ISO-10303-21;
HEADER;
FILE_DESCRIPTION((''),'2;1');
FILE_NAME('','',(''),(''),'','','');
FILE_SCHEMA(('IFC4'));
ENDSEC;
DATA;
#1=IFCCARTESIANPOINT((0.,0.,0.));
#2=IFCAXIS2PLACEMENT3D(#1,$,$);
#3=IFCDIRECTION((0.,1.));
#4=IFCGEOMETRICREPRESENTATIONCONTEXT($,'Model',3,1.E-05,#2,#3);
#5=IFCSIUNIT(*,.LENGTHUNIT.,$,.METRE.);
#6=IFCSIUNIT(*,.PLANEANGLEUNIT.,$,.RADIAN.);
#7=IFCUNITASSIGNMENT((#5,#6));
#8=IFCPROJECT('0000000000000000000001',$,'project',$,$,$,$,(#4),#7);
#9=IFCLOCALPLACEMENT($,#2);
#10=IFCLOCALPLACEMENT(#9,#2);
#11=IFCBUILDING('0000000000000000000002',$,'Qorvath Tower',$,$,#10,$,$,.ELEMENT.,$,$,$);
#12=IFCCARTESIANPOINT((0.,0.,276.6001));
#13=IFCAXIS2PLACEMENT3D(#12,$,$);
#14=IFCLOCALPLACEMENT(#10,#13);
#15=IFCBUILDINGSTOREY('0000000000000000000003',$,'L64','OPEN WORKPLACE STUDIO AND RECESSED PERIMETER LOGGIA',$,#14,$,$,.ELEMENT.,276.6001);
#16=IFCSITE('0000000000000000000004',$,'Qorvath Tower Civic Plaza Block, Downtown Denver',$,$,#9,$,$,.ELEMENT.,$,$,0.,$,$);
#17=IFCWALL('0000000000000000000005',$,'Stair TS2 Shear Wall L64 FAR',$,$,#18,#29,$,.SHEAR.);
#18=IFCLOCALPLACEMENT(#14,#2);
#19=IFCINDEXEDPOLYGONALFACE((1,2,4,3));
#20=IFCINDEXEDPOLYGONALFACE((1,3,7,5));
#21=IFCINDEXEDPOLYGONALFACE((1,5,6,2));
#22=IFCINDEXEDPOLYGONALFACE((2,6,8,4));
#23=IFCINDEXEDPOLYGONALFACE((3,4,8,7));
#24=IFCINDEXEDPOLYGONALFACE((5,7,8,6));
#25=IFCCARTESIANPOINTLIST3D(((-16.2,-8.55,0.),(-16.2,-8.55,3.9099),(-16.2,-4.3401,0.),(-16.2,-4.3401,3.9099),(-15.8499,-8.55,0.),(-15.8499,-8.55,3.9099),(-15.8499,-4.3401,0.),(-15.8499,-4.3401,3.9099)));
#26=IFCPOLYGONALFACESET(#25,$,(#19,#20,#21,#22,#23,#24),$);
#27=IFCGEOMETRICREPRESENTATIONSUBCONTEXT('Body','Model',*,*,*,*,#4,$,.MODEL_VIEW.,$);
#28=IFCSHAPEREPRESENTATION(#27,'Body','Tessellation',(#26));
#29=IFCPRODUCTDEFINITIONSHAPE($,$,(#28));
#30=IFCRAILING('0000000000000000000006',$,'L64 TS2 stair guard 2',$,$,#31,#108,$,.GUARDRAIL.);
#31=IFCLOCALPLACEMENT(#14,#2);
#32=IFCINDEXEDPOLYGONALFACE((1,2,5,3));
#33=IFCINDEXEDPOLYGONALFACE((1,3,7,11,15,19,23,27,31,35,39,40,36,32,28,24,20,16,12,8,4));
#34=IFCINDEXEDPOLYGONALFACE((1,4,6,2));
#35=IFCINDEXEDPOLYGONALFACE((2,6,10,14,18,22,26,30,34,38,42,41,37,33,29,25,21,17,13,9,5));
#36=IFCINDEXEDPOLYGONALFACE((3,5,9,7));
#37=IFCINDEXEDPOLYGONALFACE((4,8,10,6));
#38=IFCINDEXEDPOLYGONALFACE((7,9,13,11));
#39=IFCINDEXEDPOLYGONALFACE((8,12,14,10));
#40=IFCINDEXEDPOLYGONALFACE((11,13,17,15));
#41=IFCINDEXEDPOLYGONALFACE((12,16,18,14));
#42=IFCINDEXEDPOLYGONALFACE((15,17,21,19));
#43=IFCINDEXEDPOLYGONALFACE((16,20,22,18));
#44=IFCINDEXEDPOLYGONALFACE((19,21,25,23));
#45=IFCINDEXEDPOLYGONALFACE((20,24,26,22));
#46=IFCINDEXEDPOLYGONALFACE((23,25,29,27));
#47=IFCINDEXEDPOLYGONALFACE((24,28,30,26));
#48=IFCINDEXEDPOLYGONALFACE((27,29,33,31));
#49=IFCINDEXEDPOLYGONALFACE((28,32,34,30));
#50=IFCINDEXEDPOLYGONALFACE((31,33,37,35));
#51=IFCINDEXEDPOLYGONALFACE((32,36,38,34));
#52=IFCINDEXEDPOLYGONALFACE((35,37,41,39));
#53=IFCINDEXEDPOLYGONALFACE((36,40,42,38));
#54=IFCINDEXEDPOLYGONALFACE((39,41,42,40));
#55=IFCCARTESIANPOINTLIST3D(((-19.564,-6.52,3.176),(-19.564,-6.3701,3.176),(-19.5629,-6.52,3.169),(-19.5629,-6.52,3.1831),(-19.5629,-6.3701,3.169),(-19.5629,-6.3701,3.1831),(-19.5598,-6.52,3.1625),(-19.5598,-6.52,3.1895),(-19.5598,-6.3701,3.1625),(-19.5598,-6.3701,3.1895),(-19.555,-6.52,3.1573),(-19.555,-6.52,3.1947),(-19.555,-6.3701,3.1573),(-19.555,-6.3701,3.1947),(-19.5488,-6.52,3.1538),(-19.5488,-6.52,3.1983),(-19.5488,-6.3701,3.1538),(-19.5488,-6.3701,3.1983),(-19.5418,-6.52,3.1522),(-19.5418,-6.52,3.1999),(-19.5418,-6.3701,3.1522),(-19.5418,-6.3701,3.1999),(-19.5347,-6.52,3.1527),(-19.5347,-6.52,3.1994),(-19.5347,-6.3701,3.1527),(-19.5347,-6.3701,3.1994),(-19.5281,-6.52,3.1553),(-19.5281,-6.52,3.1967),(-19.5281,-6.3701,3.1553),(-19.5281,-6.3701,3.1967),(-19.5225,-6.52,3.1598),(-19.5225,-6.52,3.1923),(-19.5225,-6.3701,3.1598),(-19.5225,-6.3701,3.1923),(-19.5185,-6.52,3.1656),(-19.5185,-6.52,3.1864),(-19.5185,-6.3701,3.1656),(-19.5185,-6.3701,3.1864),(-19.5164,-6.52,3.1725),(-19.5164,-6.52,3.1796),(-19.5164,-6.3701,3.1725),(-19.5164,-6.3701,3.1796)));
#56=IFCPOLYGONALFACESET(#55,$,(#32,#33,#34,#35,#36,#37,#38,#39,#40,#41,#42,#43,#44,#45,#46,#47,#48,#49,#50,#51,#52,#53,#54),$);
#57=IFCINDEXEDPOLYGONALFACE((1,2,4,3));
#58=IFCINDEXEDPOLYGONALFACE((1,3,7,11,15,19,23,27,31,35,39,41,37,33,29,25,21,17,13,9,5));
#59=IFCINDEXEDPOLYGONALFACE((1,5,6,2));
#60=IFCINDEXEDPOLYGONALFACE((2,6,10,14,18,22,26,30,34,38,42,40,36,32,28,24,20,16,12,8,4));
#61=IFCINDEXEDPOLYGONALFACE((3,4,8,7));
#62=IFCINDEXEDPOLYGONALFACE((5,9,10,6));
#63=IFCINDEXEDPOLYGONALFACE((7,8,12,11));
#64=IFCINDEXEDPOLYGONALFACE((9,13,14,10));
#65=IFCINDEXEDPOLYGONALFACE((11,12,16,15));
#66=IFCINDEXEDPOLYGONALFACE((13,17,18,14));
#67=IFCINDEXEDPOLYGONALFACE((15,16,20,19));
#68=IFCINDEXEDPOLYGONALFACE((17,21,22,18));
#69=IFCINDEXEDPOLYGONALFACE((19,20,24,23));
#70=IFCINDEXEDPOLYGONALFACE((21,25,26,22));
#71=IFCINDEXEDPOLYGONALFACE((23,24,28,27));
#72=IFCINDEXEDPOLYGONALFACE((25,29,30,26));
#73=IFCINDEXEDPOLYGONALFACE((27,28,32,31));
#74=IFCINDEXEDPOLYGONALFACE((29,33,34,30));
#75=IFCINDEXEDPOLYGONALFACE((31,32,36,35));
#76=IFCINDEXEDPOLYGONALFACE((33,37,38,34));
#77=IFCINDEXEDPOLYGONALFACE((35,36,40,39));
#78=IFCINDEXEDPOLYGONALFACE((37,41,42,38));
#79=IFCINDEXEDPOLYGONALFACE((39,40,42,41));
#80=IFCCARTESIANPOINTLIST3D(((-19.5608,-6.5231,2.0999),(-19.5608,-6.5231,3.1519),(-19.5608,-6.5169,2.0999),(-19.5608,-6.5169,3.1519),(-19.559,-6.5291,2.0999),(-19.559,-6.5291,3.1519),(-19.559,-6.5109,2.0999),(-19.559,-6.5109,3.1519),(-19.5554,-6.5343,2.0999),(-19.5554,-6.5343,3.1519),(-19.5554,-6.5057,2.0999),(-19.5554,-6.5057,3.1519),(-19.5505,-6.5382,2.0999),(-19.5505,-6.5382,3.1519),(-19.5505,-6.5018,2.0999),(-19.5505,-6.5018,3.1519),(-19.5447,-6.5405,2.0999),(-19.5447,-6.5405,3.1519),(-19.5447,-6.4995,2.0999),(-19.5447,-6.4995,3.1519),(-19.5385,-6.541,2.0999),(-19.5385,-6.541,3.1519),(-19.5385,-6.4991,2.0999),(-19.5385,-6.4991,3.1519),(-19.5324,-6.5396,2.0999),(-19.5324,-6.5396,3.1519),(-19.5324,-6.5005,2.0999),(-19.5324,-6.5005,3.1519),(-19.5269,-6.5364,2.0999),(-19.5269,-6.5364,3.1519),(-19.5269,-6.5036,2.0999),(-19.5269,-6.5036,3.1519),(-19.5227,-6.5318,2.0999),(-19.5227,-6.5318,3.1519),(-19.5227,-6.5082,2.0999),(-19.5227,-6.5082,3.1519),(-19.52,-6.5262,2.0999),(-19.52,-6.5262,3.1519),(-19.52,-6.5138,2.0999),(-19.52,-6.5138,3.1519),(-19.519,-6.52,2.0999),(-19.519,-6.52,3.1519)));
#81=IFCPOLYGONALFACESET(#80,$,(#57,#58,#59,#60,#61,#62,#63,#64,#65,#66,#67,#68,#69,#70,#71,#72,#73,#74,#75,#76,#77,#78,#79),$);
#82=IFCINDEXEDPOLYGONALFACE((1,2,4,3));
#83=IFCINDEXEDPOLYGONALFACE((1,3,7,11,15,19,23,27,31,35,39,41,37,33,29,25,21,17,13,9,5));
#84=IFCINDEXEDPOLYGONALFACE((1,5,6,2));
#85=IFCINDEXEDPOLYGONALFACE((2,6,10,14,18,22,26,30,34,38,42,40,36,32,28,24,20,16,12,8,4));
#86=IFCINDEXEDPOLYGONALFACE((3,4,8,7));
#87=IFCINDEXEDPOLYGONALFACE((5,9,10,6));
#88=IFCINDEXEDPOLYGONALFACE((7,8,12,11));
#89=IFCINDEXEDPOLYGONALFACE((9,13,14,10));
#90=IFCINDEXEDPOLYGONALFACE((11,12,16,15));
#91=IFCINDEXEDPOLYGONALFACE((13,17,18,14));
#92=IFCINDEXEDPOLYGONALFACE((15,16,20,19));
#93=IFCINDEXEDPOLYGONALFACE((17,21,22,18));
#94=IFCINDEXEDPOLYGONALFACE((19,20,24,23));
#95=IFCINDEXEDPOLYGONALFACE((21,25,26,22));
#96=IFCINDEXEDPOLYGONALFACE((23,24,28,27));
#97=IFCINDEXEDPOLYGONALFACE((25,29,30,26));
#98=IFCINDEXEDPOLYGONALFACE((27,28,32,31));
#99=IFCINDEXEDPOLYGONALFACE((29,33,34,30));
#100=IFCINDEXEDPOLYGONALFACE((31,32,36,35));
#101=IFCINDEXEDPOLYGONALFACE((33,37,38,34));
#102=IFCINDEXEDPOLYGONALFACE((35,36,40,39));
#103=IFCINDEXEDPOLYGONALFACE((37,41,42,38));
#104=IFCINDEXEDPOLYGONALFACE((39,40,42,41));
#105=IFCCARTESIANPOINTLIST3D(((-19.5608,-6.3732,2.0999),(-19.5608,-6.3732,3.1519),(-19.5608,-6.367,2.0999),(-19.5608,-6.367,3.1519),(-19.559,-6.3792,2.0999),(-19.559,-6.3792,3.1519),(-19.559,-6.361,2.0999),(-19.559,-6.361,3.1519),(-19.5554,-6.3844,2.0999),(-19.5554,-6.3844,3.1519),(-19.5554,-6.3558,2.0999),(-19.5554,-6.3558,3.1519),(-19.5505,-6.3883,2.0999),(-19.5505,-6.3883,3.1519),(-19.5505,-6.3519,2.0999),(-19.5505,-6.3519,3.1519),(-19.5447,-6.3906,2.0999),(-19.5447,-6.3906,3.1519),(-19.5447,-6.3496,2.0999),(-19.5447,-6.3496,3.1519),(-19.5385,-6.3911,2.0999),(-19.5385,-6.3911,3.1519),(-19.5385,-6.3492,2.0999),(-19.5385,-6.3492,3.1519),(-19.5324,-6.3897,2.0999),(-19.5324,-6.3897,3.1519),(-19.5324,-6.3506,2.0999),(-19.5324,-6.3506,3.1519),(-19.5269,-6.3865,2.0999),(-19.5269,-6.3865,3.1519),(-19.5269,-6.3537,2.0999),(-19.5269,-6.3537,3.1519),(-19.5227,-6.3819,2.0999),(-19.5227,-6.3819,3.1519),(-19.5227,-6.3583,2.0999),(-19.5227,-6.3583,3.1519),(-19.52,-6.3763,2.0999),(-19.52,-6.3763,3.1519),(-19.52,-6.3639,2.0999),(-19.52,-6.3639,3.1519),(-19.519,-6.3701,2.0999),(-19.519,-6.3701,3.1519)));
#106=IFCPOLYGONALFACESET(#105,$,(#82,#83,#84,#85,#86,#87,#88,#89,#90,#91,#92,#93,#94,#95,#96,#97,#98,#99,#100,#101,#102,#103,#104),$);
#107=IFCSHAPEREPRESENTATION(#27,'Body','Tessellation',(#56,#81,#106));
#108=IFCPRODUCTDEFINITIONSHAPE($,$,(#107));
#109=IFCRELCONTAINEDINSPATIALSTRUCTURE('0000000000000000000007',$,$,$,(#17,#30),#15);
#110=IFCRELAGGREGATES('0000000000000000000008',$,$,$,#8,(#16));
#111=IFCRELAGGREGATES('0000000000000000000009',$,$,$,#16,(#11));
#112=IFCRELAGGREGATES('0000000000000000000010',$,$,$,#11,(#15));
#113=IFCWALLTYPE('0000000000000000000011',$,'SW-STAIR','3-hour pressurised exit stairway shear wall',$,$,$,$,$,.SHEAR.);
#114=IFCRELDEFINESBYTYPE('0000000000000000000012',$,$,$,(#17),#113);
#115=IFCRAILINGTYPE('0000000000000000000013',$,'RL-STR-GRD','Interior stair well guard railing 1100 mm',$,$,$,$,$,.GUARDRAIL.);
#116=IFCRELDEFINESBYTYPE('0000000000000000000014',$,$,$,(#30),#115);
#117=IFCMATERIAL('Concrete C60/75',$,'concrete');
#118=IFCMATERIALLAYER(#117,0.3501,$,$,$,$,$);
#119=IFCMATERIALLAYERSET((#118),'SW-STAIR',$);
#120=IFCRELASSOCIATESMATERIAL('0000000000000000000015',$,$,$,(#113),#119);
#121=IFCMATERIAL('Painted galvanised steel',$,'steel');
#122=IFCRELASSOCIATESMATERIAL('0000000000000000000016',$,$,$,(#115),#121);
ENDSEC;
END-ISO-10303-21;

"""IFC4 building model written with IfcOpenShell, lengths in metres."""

from ifc_helpers import new_model, si_unit, direction, frame, frame_2d, origin, origin_2d, place, context, subcontext, project, spatial, rectangle, circle, extrude, material, layer, layer_set, type_object, element, save


model = new_model("IFC4")

# Units and contexts
model_context = context("Model", 3, precision=1e-05, world=origin(), true_north=direction((0.0, 1.0)))
body_context = subcontext(model_context, "Body", "Model", "MODEL_VIEW")
ifc_project = project(units=[si_unit("LENGTHUNIT", "METRE"), si_unit("PLANEANGLEUNIT", "RADIAN")], contexts=[model_context])

# Site, building, storey
site_placement = place(None, origin())
site = spatial("IfcSite", under=ifc_project, at=site_placement, Name="Qorvath Tower Civic Plaza Block, Downtown Denver", CompositionType="ELEMENT", RefElevation=0.0)
building_placement = place(site_placement, origin())
building = spatial("IfcBuilding", under=site, at=building_placement, Name="Qorvath Tower", CompositionType="ELEMENT")
storey_placement = place(building_placement, frame((0.0, 0.0, 276.6001)))
storey = spatial("IfcBuildingStorey", under=building, at=storey_placement, Name="L64", Description="OPEN WORKPLACE STUDIO AND RECESSED PERIMETER LOGGIA", CompositionType="ELEMENT", Elevation=276.6001)

# Wall
ifc_material_1 = material(Name="Concrete C60/75", Category="concrete")
ifc_layer_1 = layer(ifc_material_1, 0.3501)
ifc_layer_set_1 = layer_set([ifc_layer_1], Name="SW-STAIR")
wall_type = type_object("IfcWallType", Name="SW-STAIR", Description="3-hour pressurised exit stairway shear wall", PredefinedType="SHEAR", material=ifc_layer_set_1)
wall_placement = place(storey_placement, frame((-16.0249, -8.55, 0.0), z_axis=(0.0, 0.0, 1.0), x_axis=(0.0, 1.0, 0.0)))
element("IfcWall", 1, at=wall_placement, inside=storey, type_object=wall_type, Name="Stair TS2 Shear Wall L64 FAR", PredefinedType="SHEAR", context=body_context, shape_type="SweptSolid", body=[
    extrude(rectangle(XDim=4.21, YDim=0.3501, at=frame_2d((2.105, 0.0))), origin(), (0.0, 0.0, 1.0), 3.9099),
])

# Railing
ifc_material_2 = material(Name="Painted galvanised steel", Category="steel")
railing_type = type_object("IfcRailingType", Name="RL-STR-GRD", Description="Interior stair well guard railing 1100 mm", PredefinedType="GUARDRAIL", material=ifc_material_2)
railing_1_placement = place(storey_placement, frame((-19.54, -6.52, 2.0999)))
element("IfcRailing", 2, at=railing_1_placement, inside=storey, type_object=railing_type, Name="L64 TS2 stair guard 2", PredefinedType="GUARDRAIL", context=body_context, shape_type="SweptSolid", body=[
    extrude(circle(Radius=0.0239, at=origin_2d()), frame((0.0, 0.0, 1.0762), z_axis=(0.0, 1.0, 0.0), x_axis=(-1.0, 0.0, 0.0)), (0.0, 0.0, 1.0), 0.1499),
    extrude(circle(Radius=0.021, at=origin_2d()), origin(), (0.0, 0.0, 1.0), 1.052),
    extrude(circle(Radius=0.021, at=origin_2d()), frame((0.0, 0.1499, 0.0)), (0.0, 0.0, 1.0), 1.052),
])

save(model, "model.ifc")
